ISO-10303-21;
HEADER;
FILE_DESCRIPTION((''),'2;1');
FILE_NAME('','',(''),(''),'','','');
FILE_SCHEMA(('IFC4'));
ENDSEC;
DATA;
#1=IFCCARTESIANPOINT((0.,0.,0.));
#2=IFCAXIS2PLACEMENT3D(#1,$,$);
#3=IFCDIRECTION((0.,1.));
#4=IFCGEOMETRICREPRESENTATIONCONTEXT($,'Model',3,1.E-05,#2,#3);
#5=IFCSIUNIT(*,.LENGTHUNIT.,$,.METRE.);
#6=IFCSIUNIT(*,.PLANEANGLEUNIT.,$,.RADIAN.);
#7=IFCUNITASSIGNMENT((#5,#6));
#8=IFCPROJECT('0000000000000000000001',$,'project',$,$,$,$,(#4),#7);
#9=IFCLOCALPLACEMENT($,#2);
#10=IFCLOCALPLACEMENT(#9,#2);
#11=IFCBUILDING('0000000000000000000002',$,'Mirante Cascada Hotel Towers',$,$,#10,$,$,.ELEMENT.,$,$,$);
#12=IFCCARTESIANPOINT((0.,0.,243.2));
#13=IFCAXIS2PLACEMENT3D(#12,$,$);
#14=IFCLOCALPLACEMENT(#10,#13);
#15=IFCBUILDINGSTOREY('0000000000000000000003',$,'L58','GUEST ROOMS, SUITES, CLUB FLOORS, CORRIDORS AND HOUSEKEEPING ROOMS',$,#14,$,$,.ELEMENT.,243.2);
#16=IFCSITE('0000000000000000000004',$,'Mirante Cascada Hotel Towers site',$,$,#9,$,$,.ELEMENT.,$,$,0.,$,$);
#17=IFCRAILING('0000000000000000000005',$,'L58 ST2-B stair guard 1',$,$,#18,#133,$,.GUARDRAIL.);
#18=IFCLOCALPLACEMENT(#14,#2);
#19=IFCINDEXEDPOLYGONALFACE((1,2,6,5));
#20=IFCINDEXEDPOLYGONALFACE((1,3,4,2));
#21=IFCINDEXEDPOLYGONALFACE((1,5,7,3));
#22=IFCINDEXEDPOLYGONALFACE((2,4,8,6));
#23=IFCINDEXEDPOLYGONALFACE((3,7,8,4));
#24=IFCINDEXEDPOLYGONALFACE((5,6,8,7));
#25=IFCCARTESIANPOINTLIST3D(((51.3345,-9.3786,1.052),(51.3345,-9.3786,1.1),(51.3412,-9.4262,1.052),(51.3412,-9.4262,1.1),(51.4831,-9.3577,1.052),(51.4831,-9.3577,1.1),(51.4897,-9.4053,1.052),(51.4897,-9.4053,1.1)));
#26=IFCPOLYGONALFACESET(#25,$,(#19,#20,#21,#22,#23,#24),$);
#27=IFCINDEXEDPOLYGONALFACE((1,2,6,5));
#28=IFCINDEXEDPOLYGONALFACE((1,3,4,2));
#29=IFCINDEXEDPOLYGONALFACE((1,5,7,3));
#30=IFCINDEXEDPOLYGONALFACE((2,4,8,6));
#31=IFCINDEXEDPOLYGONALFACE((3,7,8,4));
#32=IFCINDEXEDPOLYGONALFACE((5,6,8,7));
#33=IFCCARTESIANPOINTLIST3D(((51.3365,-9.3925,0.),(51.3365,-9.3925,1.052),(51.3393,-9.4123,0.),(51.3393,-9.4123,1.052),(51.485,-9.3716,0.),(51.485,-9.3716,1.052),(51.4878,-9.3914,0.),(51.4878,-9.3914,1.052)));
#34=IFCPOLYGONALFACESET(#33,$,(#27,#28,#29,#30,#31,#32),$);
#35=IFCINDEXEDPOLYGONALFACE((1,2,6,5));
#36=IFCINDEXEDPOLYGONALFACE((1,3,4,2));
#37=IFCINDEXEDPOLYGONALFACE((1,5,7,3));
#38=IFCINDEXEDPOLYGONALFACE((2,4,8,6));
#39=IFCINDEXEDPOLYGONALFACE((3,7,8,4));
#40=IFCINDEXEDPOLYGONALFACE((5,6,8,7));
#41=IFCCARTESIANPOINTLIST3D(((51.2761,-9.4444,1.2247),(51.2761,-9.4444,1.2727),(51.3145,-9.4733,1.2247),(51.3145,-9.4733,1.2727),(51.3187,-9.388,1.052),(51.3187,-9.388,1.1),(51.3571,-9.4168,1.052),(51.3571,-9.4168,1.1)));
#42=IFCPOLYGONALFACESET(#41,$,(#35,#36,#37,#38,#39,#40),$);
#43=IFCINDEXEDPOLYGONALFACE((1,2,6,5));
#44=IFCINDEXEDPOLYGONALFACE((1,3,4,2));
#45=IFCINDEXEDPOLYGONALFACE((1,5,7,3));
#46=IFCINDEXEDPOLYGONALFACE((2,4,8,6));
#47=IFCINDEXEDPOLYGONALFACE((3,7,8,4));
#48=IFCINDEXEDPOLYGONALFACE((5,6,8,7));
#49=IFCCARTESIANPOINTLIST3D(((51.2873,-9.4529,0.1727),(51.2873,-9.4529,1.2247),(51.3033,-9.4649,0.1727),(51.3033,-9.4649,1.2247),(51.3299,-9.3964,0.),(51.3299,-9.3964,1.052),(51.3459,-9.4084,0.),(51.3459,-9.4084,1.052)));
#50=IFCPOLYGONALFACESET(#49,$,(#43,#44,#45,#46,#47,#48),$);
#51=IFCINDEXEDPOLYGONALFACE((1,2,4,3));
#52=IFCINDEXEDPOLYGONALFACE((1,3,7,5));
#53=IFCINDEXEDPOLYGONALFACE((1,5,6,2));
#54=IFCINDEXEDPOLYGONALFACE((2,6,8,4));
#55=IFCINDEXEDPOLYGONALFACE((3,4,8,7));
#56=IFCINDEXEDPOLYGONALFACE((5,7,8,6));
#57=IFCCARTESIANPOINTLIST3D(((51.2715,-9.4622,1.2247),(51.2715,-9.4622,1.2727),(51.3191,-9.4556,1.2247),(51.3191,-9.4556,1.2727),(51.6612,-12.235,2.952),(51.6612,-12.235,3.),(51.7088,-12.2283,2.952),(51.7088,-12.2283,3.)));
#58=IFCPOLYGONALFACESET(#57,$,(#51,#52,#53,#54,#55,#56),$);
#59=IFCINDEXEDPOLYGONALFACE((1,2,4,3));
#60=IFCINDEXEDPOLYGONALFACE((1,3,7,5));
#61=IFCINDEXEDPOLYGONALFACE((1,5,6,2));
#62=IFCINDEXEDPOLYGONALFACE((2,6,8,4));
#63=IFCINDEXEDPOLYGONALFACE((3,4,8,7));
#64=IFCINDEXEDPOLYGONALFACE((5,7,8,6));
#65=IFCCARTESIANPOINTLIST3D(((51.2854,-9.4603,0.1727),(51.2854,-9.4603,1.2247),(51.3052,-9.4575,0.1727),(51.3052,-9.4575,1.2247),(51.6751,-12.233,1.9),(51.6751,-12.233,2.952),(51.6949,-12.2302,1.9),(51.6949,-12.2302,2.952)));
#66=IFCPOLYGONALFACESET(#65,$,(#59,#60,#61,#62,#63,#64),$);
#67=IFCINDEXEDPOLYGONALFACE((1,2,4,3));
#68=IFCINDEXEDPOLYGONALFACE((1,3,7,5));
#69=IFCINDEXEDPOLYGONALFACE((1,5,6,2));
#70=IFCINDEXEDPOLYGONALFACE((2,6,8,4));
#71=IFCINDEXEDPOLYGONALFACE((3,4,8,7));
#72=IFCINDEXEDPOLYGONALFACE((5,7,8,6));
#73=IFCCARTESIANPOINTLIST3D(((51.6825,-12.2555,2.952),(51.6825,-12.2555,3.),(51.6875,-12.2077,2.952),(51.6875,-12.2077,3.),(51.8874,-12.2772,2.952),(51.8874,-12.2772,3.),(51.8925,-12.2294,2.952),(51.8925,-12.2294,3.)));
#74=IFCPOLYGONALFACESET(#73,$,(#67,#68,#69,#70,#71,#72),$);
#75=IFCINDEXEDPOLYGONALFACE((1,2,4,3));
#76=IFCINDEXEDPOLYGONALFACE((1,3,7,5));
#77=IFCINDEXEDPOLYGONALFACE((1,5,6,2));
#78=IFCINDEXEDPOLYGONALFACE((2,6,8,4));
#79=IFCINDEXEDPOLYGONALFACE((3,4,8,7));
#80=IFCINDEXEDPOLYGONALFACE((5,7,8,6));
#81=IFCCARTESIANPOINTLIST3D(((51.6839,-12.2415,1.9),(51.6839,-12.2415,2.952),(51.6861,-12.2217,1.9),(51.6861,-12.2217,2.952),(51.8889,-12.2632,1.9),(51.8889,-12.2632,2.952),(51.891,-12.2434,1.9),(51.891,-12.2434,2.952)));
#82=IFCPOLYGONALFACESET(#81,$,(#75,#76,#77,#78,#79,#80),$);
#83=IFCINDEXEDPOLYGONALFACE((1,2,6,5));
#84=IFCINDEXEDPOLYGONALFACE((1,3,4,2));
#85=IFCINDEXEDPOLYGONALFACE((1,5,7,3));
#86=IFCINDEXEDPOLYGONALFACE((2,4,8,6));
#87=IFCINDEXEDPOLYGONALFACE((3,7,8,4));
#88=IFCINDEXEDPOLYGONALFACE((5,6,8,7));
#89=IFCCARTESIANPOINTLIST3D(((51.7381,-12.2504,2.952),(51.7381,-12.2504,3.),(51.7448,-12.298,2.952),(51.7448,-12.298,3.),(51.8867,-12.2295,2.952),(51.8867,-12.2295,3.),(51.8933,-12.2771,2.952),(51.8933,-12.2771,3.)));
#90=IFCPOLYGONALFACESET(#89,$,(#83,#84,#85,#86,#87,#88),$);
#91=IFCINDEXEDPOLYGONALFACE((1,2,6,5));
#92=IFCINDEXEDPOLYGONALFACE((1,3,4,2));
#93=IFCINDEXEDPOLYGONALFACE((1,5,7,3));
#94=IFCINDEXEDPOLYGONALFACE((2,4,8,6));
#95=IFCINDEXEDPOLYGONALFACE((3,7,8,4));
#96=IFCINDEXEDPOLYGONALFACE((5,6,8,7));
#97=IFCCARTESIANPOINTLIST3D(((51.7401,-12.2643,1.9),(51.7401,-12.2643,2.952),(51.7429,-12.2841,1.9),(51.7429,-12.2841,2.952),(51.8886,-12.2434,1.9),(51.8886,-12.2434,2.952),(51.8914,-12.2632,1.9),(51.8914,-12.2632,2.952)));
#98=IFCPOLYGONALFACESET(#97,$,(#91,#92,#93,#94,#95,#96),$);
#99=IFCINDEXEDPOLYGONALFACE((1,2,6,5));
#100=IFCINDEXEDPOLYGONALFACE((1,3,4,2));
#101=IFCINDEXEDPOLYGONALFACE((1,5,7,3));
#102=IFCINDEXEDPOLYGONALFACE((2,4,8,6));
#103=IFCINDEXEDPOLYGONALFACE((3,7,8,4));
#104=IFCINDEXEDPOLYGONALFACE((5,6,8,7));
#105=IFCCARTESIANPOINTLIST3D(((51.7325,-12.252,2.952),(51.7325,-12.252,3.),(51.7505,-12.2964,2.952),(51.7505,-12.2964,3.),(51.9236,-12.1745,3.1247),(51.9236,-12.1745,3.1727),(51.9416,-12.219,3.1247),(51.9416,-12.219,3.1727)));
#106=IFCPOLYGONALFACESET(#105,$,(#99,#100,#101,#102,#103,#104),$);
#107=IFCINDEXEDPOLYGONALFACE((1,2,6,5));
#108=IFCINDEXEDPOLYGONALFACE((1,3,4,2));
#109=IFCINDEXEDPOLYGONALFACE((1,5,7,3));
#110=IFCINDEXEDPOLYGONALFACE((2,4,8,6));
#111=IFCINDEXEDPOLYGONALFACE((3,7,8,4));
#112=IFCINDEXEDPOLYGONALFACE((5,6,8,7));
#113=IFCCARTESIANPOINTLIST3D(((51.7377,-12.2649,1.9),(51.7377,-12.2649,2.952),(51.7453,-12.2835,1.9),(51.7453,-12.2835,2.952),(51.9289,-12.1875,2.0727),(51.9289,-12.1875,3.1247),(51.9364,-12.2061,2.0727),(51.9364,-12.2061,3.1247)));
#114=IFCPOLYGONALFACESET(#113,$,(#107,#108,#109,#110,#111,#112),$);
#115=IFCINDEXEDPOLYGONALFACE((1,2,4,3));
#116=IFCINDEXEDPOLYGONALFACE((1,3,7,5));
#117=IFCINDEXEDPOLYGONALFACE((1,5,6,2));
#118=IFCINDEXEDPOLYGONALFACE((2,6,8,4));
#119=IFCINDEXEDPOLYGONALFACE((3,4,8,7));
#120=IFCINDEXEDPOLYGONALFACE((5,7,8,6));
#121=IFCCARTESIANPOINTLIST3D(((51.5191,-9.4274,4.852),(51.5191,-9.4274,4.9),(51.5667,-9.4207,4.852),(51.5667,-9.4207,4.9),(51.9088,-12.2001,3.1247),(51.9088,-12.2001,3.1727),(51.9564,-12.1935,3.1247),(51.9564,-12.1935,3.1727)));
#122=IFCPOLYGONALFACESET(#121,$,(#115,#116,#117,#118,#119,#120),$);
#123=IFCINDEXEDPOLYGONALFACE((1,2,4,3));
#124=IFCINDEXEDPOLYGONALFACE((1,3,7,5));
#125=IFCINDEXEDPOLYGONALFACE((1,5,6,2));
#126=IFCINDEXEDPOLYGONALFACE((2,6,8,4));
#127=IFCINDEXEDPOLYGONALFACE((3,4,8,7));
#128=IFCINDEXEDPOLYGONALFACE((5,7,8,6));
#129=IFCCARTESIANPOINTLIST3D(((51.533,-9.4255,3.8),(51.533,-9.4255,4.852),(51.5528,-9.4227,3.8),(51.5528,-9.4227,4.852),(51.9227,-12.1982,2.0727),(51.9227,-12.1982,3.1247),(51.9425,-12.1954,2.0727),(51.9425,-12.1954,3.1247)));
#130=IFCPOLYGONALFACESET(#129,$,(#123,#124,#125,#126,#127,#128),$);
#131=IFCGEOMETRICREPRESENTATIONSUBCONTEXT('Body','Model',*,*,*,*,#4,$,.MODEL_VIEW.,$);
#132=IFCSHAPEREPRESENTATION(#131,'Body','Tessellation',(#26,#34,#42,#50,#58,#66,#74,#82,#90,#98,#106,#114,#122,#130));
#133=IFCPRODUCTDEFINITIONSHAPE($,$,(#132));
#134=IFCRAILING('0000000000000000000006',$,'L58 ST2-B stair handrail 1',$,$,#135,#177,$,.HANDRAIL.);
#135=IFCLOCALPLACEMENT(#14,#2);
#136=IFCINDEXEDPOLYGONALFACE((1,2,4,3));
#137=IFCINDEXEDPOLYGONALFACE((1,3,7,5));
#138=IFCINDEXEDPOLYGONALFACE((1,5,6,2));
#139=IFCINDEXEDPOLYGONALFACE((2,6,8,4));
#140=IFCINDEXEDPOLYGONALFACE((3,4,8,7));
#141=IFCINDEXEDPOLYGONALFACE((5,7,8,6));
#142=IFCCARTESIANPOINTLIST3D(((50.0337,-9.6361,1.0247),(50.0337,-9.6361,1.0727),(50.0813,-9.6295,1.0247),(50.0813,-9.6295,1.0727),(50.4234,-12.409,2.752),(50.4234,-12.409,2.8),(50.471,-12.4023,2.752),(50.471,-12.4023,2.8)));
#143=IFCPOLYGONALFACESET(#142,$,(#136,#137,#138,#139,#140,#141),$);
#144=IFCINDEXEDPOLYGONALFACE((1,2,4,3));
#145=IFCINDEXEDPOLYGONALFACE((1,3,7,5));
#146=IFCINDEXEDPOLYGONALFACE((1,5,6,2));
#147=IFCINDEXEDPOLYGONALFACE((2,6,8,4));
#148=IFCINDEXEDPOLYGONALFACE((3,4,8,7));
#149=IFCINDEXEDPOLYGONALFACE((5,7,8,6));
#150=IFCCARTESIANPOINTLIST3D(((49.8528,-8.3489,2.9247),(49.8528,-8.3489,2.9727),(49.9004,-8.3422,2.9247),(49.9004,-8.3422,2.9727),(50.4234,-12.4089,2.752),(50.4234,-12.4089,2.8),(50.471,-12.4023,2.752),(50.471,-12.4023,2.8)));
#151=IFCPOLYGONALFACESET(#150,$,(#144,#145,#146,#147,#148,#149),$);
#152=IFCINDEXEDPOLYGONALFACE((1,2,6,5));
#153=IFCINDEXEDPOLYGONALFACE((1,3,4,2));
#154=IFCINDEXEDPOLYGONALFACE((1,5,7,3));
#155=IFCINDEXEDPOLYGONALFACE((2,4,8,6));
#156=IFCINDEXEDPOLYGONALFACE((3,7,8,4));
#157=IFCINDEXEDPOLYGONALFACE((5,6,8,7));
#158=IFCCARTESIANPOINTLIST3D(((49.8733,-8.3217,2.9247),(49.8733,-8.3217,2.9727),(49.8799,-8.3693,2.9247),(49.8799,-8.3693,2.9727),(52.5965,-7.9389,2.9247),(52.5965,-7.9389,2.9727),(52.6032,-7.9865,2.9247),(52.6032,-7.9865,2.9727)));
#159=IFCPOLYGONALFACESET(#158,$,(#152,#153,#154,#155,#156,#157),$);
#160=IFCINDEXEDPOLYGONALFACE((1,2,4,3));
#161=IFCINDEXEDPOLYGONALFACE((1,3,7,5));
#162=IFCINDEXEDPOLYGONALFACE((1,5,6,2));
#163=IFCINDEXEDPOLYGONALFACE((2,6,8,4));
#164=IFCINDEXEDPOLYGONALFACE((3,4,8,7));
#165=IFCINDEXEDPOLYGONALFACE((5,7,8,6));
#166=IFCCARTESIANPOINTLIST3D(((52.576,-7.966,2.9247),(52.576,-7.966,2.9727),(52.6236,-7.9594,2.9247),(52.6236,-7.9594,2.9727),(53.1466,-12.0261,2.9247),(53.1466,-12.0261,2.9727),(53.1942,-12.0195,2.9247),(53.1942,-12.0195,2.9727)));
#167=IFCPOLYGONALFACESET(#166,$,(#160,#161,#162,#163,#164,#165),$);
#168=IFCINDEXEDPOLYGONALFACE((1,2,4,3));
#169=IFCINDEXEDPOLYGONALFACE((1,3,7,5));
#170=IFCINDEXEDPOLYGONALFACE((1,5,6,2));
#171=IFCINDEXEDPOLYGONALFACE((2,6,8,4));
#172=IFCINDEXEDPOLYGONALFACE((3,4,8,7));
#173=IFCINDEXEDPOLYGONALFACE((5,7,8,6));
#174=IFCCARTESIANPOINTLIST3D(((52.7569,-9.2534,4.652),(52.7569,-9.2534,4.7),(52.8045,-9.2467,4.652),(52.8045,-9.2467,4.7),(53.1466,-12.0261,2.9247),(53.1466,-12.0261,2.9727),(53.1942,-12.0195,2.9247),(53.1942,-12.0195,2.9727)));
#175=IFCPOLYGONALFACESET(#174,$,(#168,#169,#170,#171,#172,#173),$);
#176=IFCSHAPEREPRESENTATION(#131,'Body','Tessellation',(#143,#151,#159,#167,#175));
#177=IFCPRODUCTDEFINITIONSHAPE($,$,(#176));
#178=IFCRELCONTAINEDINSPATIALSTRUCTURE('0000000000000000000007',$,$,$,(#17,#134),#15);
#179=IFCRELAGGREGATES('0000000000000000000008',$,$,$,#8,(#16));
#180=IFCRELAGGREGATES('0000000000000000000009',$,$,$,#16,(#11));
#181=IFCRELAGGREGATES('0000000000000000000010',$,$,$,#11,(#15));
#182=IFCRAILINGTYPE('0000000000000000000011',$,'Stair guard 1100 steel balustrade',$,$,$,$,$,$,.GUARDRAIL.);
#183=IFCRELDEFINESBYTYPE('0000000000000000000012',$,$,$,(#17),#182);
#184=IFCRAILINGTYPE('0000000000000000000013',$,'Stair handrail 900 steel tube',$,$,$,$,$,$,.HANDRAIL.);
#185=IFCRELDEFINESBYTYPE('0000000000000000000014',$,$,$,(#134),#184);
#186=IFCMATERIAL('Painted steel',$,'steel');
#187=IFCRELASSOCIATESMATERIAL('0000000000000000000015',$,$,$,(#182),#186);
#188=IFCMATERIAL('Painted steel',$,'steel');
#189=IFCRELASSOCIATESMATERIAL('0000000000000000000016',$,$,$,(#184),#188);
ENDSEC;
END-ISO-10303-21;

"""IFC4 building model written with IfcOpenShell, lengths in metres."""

from ifc_helpers import new_model, si_unit, direction, frame, origin, origin_2d, place, context, subcontext, project, spatial, rectangle, extrude, material, type_object, element, save


model = new_model("IFC4")

# Units and contexts
model_context = context("Model", 3, precision=1e-05, world=origin(), true_north=direction((0.0, 1.0)))
body_context = subcontext(model_context, "Body", "Model", "MODEL_VIEW")
ifc_project = project(units=[si_unit("LENGTHUNIT", "METRE"), si_unit("PLANEANGLEUNIT", "RADIAN")], contexts=[model_context])

# Site, building, storey
site_placement = place(None, origin())
site = spatial("IfcSite", under=ifc_project, at=site_placement, Name="Mirante Cascada Hotel Towers site", CompositionType="ELEMENT", RefElevation=0.0)
building_placement = place(site_placement, origin())
building = spatial("IfcBuilding", under=site, at=building_placement, Name="Mirante Cascada Hotel Towers", CompositionType="ELEMENT")
storey_placement = place(building_placement, frame((0.0, 0.0, 243.2)))
storey = spatial("IfcBuildingStorey", under=building, at=storey_placement, Name="L58", Description="GUEST ROOMS, SUITES, CLUB FLOORS, CORRIDORS AND HOUSEKEEPING ROOMS", CompositionType="ELEMENT", Elevation=243.2)

# Railings
ifc_material_1 = material(Name="Painted steel", Category="steel")
railing_type_1 = type_object("IfcRailingType", Name="Stair guard 1100 steel balustrade", PredefinedType="GUARDRAIL", material=ifc_material_1)
railing_1_placement = place(storey_placement, frame((51.4864, -9.3815, 0.0)))
element("IfcRailing", 1, at=railing_1_placement, inside=storey, type_object=railing_type_1, Name="L58 ST2-B stair guard 1", PredefinedType="GUARDRAIL", context=body_context, shape_type="SweptSolid", body=[
    extrude(rectangle(XDim=0.048, YDim=0.048, at=origin_2d()), frame((0.0, 0.0, 1.076), z_axis=(-0.990241, -0.139367, 0.0), x_axis=(0.139367, -0.990241, 0.0)), (0.0, 0.0, 1.0), 0.15),
    extrude(rectangle(XDim=0.02, YDim=1.052, at=origin_2d()), frame((0.0, 0.0, 0.526), z_axis=(-0.990241, -0.139367, 0.0), x_axis=(0.139367, -0.990241, 0.0)), (0.0, 0.0, 1.0), 0.15),
    extrude(rectangle(XDim=0.048, YDim=0.048, at=origin_2d()), frame((-0.1485, -0.0209, 1.076), z_axis=(-0.602033, -0.798471, 0.0), x_axis=(0.798471, -0.602033, 0.0)), (0.0, 0.92534, 0.379139), 0.1866),
    extrude(rectangle(XDim=0.02, YDim=1.052, at=origin_2d()), frame((-0.1485, -0.0209, 0.526), z_axis=(-0.602033, -0.798471, 0.0), x_axis=(0.798471, -0.602033, 0.0)), (0.0, 0.92534, 0.379139), 0.1866),
    extrude(rectangle(XDim=0.048, YDim=0.048, at=origin_2d()), frame((-0.1911, -0.0774, 1.2487), z_axis=(0.139181, -0.990267, 0.0), x_axis=(0.990267, 0.139181, 0.0)), (0.0, 0.525035, 0.851081), 3.2899),
    extrude(rectangle(XDim=0.02, YDim=1.052, at=origin_2d()), frame((-0.1911, -0.0774, 0.6987), z_axis=(0.139181, -0.990267, 0.0), x_axis=(0.990267, 0.139181, 0.0)), (0.0, 0.525035, 0.851081), 3.2899),
    extrude(rectangle(XDim=0.048, YDim=0.048, at=origin_2d()), frame((0.1986, -2.8501, 2.976), z_axis=(0.994444, -0.105266, 0.0), x_axis=(0.105266, 0.994444, 0.0)), (0.0, 0.0, 1.0), 0.2061),
    extrude(rectangle(XDim=0.02, YDim=1.052, at=origin_2d()), frame((0.1986, -2.8501, 2.426), z_axis=(0.994444, -0.105266, 0.0), x_axis=(0.105266, 0.994444, 0.0)), (0.0, 0.0, 1.0), 0.2061),
    extrude(rectangle(XDim=0.048, YDim=0.048, at=origin_2d()), frame((0.4036, -2.8718, 2.976), z_axis=(-0.990241, -0.139367, 0.0), x_axis=(0.139367, -0.990241, 0.0)), (0.0, 0.0, 1.0), 0.15),
    extrude(rectangle(XDim=0.02, YDim=1.052, at=origin_2d()), frame((0.4036, -2.8718, 2.426), z_axis=(-0.990241, -0.139367, 0.0), x_axis=(0.139367, -0.990241, 0.0)), (0.0, 0.0, 1.0), 0.15),
    extrude(rectangle(XDim=0.048, YDim=0.048, at=origin_2d()), frame((0.2551, -2.8927, 2.976), z_axis=(0.926862, 0.375401, 0.0), x_axis=(-0.375401, 0.926862, 0.0)), (0.0, 0.642122, 0.766603), 0.269),
    extrude(rectangle(XDim=0.02, YDim=1.052, at=origin_2d()), frame((0.2551, -2.8927, 2.426), z_axis=(0.926862, 0.375401, 0.0), x_axis=(-0.375401, 0.926862, 0.0)), (0.0, 0.642122, 0.766603), 0.269),
    extrude(rectangle(XDim=0.048, YDim=0.048, at=origin_2d()), frame((0.4462, -2.8153, 3.1487), z_axis=(-0.139181, 0.990267, 0.0), x_axis=(-0.990267, -0.139181, 0.0)), (0.0, 0.525035, 0.851081), 3.2899),
    extrude(rectangle(XDim=0.02, YDim=1.052, at=origin_2d()), frame((0.4462, -2.8153, 2.5987), z_axis=(-0.139181, 0.990267, 0.0), x_axis=(-0.990267, -0.139181, 0.0)), (0.0, 0.525035, 0.851081), 3.2899),
])
ifc_material_2 = material(Name="Painted steel", Category="steel")
railing_type_2 = type_object("IfcRailingType", Name="Stair handrail 900 steel tube", PredefinedType="HANDRAIL", material=ifc_material_2)
railing_2_placement = place(storey_placement, frame((50.0575, -9.6328, 0.1727)))
element("IfcRailing", 2, at=railing_2_placement, inside=storey, type_object=railing_type_2, Name="L58 ST2-B stair handrail 1", PredefinedType="HANDRAIL", context=body_context, shape_type="SweptSolid", body=[
    extrude(rectangle(XDim=0.048, YDim=0.048, at=origin_2d()), frame((0.0, 0.0, 0.876), z_axis=(0.139176, -0.990268, 0.0), x_axis=(0.990268, 0.139176, 0.0)), (0.0, 0.525021, 0.851089), 3.29),
    extrude(rectangle(XDim=0.048, YDim=0.048, at=origin_2d()), frame((0.3897, -2.7728, 2.6033), z_axis=(-0.139171, 0.990268, 0.0), x_axis=(-0.990268, -0.139171, 0.0)), (0.0, 0.042085, 0.999114), 4.1036),
    extrude(rectangle(XDim=0.048, YDim=0.048, at=origin_2d()), frame((-0.1809, 1.2873, 2.776), z_axis=(0.990264, 0.139201, 0.0), x_axis=(-0.139201, 0.990264, 0.0)), (0.0, 0.0, 1.0), 2.75),
    extrude(rectangle(XDim=0.048, YDim=0.048, at=origin_2d()), frame((2.5423, 1.6701, 2.776), z_axis=(0.139171, -0.990268, 0.0), x_axis=(0.990268, 0.139171, 0.0)), (0.0, 0.0, 1.0), 4.1),
    extrude(rectangle(XDim=0.048, YDim=0.048, at=origin_2d()), frame((3.1129, -2.39, 2.776), z_axis=(-0.139181, 0.990267, 0.0), x_axis=(-0.990267, -0.139181, 0.0)), (0.0, 0.525035, 0.851081), 3.2899),
])

save(model, "model.ifc")
